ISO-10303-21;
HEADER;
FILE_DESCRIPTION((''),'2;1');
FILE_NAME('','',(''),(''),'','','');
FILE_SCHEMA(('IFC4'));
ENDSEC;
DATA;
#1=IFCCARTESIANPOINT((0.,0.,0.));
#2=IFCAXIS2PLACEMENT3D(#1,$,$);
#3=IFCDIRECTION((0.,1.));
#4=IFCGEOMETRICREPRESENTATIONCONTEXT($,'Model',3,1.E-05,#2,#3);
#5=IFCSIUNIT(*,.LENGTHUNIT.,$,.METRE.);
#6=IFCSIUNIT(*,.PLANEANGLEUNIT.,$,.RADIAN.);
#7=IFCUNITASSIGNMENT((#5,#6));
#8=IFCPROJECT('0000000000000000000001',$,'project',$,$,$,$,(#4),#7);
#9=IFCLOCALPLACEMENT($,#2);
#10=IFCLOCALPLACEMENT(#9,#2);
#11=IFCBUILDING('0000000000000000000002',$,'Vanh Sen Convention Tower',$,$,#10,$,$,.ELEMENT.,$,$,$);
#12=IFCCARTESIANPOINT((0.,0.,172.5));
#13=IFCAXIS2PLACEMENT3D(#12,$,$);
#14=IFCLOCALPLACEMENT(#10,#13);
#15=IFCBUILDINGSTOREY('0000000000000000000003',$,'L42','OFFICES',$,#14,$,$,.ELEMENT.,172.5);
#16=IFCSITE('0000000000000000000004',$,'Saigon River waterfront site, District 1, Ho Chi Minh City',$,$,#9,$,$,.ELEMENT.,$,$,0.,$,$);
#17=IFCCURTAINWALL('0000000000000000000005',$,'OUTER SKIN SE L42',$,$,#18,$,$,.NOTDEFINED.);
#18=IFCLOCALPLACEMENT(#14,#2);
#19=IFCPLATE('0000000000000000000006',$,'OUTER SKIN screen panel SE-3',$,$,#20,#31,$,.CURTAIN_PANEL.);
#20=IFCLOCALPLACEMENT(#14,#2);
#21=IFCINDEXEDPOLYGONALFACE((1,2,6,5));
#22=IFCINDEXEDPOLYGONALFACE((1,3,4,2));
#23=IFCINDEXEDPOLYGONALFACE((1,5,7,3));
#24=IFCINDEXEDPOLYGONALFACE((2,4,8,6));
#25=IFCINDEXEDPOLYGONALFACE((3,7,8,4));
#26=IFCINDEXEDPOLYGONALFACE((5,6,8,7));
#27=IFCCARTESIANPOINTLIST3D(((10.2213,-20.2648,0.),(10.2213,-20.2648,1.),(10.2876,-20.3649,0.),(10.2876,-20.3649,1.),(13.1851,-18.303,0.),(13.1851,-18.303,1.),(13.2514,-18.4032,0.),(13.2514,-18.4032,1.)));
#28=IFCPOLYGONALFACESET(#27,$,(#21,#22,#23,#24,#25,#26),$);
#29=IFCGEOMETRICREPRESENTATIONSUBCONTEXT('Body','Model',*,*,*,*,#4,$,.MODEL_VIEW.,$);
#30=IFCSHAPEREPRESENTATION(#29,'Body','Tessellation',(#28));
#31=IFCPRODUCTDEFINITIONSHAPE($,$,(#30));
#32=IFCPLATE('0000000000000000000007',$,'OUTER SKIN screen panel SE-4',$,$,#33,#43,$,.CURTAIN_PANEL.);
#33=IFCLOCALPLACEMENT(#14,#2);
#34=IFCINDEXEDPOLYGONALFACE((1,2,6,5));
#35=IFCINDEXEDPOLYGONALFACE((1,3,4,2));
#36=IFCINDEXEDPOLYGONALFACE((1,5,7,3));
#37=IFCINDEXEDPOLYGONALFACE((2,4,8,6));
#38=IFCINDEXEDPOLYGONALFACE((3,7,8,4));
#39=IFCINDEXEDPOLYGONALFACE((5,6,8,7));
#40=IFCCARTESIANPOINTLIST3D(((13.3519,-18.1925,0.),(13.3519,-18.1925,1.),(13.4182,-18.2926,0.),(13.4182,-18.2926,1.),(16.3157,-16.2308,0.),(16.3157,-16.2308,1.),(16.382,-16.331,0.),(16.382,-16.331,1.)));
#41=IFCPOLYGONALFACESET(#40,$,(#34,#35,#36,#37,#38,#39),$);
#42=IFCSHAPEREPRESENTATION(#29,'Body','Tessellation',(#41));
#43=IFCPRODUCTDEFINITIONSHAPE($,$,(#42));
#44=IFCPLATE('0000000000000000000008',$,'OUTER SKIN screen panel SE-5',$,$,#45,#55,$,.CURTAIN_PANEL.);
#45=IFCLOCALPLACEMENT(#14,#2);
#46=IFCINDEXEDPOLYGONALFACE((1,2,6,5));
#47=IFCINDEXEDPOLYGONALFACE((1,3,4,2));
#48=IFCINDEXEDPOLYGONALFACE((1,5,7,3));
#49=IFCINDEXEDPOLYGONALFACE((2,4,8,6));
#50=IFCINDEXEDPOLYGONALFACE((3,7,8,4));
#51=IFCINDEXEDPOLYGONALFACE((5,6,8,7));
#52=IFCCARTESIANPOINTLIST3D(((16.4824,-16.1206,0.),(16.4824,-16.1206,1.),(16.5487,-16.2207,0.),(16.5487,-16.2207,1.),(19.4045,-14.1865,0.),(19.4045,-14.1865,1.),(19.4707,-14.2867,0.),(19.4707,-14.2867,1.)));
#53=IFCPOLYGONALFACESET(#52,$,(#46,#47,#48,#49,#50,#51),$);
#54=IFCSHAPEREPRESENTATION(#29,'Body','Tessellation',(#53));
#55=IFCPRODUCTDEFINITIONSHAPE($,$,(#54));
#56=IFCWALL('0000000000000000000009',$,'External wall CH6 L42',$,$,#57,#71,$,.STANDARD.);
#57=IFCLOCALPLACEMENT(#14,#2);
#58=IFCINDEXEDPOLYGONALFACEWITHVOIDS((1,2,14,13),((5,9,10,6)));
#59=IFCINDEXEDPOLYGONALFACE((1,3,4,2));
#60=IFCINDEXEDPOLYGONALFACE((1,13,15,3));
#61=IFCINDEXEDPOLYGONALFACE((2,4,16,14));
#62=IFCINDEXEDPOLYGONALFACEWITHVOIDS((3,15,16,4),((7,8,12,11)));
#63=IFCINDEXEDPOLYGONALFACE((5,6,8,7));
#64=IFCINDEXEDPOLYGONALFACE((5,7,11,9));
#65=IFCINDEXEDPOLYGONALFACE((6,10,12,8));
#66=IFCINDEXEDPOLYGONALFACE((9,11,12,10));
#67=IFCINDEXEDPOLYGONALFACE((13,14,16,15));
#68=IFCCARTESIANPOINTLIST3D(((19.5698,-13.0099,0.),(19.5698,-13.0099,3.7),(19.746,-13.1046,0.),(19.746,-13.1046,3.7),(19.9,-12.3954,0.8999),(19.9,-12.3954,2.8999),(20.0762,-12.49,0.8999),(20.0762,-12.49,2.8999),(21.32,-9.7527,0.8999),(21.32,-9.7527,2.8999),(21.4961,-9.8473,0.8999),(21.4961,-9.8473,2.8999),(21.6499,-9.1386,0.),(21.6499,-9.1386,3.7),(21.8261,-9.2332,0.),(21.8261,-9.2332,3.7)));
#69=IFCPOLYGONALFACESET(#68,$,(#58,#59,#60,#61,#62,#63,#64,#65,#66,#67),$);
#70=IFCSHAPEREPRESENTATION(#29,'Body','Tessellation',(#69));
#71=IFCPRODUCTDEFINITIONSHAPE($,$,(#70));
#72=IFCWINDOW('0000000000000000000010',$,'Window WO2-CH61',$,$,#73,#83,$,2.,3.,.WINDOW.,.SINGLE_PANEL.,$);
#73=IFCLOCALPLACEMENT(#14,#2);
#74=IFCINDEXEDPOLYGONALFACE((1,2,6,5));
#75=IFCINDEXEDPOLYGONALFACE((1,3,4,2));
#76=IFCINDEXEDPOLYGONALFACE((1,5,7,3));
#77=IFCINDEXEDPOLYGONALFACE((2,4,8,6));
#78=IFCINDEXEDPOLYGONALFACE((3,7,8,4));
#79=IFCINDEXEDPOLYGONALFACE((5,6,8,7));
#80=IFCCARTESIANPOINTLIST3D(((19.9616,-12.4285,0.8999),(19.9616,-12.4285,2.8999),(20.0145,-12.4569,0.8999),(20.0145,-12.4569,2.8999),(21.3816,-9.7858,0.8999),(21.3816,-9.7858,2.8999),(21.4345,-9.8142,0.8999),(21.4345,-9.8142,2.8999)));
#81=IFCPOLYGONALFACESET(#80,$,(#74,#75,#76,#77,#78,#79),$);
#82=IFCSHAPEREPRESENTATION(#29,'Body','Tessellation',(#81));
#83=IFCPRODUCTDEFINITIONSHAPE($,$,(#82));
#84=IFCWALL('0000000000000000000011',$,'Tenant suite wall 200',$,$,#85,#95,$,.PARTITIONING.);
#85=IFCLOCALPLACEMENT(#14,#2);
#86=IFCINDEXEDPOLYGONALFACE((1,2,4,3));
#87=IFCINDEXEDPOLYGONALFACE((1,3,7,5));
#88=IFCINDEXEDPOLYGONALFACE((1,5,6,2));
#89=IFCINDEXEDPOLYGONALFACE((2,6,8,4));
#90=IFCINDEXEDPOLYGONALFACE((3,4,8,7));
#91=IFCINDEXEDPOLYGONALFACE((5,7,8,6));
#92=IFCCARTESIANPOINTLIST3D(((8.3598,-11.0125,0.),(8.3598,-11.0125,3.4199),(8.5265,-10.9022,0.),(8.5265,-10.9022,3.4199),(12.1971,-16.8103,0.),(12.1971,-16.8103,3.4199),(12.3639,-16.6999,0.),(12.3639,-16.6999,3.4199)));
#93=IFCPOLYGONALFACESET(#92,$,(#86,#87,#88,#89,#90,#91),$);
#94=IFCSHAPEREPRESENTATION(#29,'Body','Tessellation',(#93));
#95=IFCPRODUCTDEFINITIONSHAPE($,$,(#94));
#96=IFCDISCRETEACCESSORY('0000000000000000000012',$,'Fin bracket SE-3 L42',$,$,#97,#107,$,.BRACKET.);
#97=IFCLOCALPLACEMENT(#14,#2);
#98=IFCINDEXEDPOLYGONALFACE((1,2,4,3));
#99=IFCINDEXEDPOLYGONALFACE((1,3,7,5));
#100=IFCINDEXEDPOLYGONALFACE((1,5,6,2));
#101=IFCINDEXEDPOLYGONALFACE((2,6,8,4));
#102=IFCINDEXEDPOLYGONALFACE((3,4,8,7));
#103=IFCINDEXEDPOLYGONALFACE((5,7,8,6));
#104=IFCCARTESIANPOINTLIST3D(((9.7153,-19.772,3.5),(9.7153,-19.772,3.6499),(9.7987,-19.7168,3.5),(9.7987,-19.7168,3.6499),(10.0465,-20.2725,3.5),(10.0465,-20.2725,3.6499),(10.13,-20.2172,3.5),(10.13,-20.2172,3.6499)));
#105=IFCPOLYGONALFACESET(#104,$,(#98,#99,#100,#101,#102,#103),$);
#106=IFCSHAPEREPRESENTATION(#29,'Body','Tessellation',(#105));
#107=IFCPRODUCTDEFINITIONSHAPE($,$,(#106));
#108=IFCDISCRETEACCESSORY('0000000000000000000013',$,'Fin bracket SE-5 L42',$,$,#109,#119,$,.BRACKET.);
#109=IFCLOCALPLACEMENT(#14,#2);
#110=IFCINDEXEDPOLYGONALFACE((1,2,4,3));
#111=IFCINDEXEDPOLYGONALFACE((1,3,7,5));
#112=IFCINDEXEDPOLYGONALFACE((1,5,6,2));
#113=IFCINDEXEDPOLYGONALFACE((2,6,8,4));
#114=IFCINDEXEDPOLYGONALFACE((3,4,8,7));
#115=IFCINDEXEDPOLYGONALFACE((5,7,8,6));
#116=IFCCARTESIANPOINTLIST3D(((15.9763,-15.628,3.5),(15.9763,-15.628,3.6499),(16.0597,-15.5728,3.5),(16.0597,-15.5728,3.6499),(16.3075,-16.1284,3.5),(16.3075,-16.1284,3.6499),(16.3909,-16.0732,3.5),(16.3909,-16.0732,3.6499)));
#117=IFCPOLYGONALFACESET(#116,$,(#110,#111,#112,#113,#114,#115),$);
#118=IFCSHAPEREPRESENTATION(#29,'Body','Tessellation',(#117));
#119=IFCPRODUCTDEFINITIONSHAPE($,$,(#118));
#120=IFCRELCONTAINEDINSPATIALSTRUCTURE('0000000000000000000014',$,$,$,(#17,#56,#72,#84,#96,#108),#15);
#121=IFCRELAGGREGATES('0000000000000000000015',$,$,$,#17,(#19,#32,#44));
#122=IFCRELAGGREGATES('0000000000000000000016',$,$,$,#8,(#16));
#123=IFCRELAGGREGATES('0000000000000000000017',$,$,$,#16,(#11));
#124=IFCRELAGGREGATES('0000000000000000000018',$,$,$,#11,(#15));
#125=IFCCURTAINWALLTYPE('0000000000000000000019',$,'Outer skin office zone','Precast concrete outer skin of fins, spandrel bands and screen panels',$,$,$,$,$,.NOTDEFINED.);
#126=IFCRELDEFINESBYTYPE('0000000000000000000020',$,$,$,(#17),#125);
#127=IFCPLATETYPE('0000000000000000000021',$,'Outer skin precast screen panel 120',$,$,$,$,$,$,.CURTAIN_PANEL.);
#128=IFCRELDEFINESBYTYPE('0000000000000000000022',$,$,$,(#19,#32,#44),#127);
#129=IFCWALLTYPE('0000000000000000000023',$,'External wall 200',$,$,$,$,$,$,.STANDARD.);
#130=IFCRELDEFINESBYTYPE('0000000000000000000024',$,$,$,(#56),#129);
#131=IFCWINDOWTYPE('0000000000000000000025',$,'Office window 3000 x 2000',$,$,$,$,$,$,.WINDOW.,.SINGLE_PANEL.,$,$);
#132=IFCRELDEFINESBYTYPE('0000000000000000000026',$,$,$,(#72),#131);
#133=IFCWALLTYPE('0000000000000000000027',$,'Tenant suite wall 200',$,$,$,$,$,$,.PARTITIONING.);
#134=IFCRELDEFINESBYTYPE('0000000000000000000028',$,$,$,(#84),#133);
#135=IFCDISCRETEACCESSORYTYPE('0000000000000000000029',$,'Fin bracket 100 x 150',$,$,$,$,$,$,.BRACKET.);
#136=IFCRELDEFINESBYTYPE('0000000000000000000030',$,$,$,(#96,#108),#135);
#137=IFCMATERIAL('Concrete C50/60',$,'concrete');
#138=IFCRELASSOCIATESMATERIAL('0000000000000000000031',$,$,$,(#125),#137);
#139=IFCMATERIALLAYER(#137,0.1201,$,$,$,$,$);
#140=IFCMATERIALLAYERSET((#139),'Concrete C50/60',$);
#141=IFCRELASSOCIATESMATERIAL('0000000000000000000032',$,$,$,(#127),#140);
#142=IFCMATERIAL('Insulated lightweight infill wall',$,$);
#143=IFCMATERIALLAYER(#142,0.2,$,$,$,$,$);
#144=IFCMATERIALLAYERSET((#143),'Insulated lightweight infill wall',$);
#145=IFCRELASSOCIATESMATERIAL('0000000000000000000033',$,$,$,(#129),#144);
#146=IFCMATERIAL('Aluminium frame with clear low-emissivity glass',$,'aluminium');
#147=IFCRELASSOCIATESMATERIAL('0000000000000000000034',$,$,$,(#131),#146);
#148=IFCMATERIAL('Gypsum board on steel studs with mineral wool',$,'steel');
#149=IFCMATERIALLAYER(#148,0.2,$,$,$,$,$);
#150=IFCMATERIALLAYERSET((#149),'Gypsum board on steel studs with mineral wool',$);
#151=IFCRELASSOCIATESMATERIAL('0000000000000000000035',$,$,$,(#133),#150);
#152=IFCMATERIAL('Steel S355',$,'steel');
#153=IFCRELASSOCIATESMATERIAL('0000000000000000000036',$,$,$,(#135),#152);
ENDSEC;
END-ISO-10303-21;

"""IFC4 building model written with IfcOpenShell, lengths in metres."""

from ifc_helpers import new_model, si_unit, direction, frame, frame_2d, origin, origin_2d, place, context, subcontext, project, spatial, rectangle, extrude, material, layer, layer_set, type_object, element, fill, aggregate, save


model = new_model("IFC4")

# Units and contexts
model_context = context("Model", 3, precision=1e-05, world=origin(), true_north=direction((0.0, 1.0)))
body_context = subcontext(model_context, "Body", "Model", "MODEL_VIEW")
ifc_project = project(units=[si_unit("LENGTHUNIT", "METRE"), si_unit("PLANEANGLEUNIT", "RADIAN")], contexts=[model_context])

# Site, building, storey
site_placement = place(None, origin())
site = spatial("IfcSite", under=ifc_project, at=site_placement, Name="Saigon River waterfront site, District 1, Ho Chi Minh City", CompositionType="ELEMENT", RefElevation=0.0)
building_placement = place(site_placement, origin())
building = spatial("IfcBuilding", under=site, at=building_placement, Name="Vanh Sen Convention Tower", CompositionType="ELEMENT")
storey_placement = place(building_placement, frame((0.0, 0.0, 172.5)))
storey = spatial("IfcBuildingStorey", under=building, at=storey_placement, Name="L42", Description="OFFICES", CompositionType="ELEMENT", Elevation=172.5)

# Curtain wall
ifc_material_1 = material(Name="Concrete C50/60", Category="concrete")
curtain_wall_type = type_object("IfcCurtainWallType", Name="Outer skin office zone", Description="Precast concrete outer skin of fins, spandrel bands and screen panels", PredefinedType="NOTDEFINED", material=ifc_material_1)
curtain_wall_1_placement = place(storey_placement, origin())
curtain_wall_1 = element("IfcCurtainWall", 1, at=curtain_wall_1_placement, inside=storey, type_object=curtain_wall_type, Name="OUTER SKIN SE L42", PredefinedType="NOTDEFINED")

# Plates
ifc_layer_1 = layer(ifc_material_1, 0.1201)
ifc_layer_set_1 = layer_set([ifc_layer_1], Name="Concrete C50/60")
plate_type = type_object("IfcPlateType", Name="Outer skin precast screen panel 120", PredefinedType="CURTAIN_PANEL", material=ifc_layer_set_1)
plate_1_placement = place(storey_placement, frame((11.7363, -19.334, 0.0), z_axis=(0.0, 0.0, 1.0), x_axis=(0.833877, 0.55195, 0.0)))
plate_1 = element("IfcPlate", 2, at=plate_1_placement, type_object=plate_type, Name="OUTER SKIN screen panel SE-3", PredefinedType="CURTAIN_PANEL", context=body_context, shape_type="SweptSolid", body=[
    extrude(rectangle(XDim=3.5542, YDim=0.1201, at=origin_2d()), origin(), (0.0, 0.0, 1.0), 1.0),
])
plate_2_placement = place(storey_placement, frame((14.8669, -17.2617, 0.0), z_axis=(0.0, 0.0, 1.0), x_axis=(0.83389, 0.551931, 0.0)))
plate_2 = element("IfcPlate", 3, at=plate_2_placement, type_object=plate_type, Name="OUTER SKIN screen panel SE-4", PredefinedType="CURTAIN_PANEL", context=body_context, shape_type="SweptSolid", body=[
    extrude(rectangle(XDim=3.5542, YDim=0.1201, at=origin_2d()), origin(), (0.0, 0.0, 1.0), 1.0),
])
plate_3_placement = place(storey_placement, frame((17.9766, -15.2036, 0.0), z_axis=(0.0, 0.0, 1.0), x_axis=(0.83389, 0.551931, 0.0)))
plate_3 = element("IfcPlate", 4, at=plate_3_placement, type_object=plate_type, Name="OUTER SKIN screen panel SE-5", PredefinedType="CURTAIN_PANEL", context=body_context, shape_type="SweptSolid", body=[
    extrude(rectangle(XDim=3.5042, YDim=0.1201, at=origin_2d()), origin(), (0.0, 0.0, 1.0), 1.0),
])
aggregate(curtain_wall_1, [plate_1, plate_2, plate_3])

# Wall, opening, window
ifc_material_2 = material(Name="Insulated lightweight infill wall")
ifc_layer_2 = layer(ifc_material_2, 0.2)
ifc_layer_set_2 = layer_set([ifc_layer_2], Name="Insulated lightweight infill wall")
wall_type_1 = type_object("IfcWallType", Name="External wall 200", PredefinedType="STANDARD", material=ifc_layer_set_2)
wall_1_placement = place(storey_placement, frame((19.658, -13.0571, 0.0), z_axis=(0.0, 0.0, 1.0), x_axis=(0.473308, 0.880897, 0.0)))
wall_1 = element("IfcWall", 5, at=wall_1_placement, inside=storey, type_object=wall_type_1, Name="External wall CH6 L42", PredefinedType="STANDARD", context=body_context, shape_type="SweptSolid", body=[
    extrude(rectangle(XDim=4.3948, YDim=0.2, at=frame_2d((2.1973, 0.0))), origin(), (0.0, 0.0, 1.0), 3.7),
])
opening_placement = place(wall_1_placement, frame((0.6975, 0.0, 0.8999)))
opening = element("IfcOpeningElement", 6, at=opening_placement, cuts=wall_1, PredefinedType="OPENING", context=body_context, shape_type="SweptSolid", body=[
    extrude(rectangle(XDim=3.0, YDim=2.0, at=frame_2d((1.5, 1.0))), frame((0.0, 0.1099, 0.0), z_axis=(0.0, -1.0, 0.0), x_axis=(1.0, 0.0, 0.0)), (0.0, 0.0, 1.0), 0.22),
])
ifc_material_3 = material(Name="Aluminium frame with clear low-emissivity glass", Category="aluminium")
window_type = type_object("IfcWindowType", Name="Office window 3000 x 2000", PartitioningType="SINGLE_PANEL", PredefinedType="WINDOW", material=ifc_material_3)
window_placement = place(opening_placement, origin())
window = element("IfcWindow", 7, at=window_placement, inside=storey, type_object=window_type, Name="Window WO2-CH61", OverallHeight=2.0, OverallWidth=3.0, PartitioningType="SINGLE_PANEL", PredefinedType="WINDOW", context=body_context, shape_type="SweptSolid", body=[
    extrude(rectangle(XDim=3.0, YDim=2.0, at=frame_2d((1.5, 1.0))), frame((0.0, 0.03, 0.0), z_axis=(0.0, -1.0, 0.0), x_axis=(1.0, 0.0, 0.0)), (0.0, 0.0, 1.0), 0.0601),
])
fill(opening, window)

# Wall
ifc_material_4 = material(Name="Gypsum board on steel studs with mineral wool", Category="steel")
ifc_layer_3 = layer(ifc_material_4, 0.2)
ifc_layer_set_3 = layer_set([ifc_layer_3], Name="Gypsum board on steel studs with mineral wool")
wall_type_2 = type_object("IfcWallType", Name="Tenant suite wall 200", PredefinedType="PARTITIONING", material=ifc_layer_set_3)
wall_2_placement = place(storey_placement, frame((12.2805, -16.7551, 0.0), z_axis=(0.0, 0.0, 1.0), x_axis=(-0.551926, 0.833893, 0.0)))
element("IfcWall", 8, at=wall_2_placement, inside=storey, type_object=wall_type_2, Name="Tenant suite wall 200", PredefinedType="PARTITIONING", context=body_context, shape_type="SweptSolid", body=[
    extrude(rectangle(XDim=6.9526, YDim=0.2, at=frame_2d((3.4763, 0.0))), origin(), (0.0, 0.0, 1.0), 3.4199),
])

# Discrete accessories
ifc_material_5 = material(Name="Steel S355", Category="steel")
discrete_accessory_type = type_object("IfcDiscreteAccessoryType", Name="Fin bracket 100 x 150", PredefinedType="BRACKET", material=ifc_material_5)
for number, where, z_axis, x_axis, name in (
    (9, (9.9226, -19.9946, 3.5), (0.0, 0.0, 1.0), (0.551937, -0.833886, 0.0), "Fin bracket SE-3 L42"),
    (10, (16.1836, -15.8506, 3.5), (0.0, 0.0, 1.0), (0.551937, -0.833886, 0.0), "Fin bracket SE-5 L42"),
):
    element("IfcDiscreteAccessory", number, at=place(storey_placement, frame(where, z_axis=z_axis, x_axis=x_axis)), inside=storey, type_object=discrete_accessory_type, Name=name, PredefinedType="BRACKET", context=body_context, shape_type="SweptSolid", body=[
        extrude(rectangle(XDim=0.6001, YDim=0.1001, at=origin_2d()), origin(), (0.0, 0.0, 1.0), 0.1499),
    ])

save(model, "model.ifc")
